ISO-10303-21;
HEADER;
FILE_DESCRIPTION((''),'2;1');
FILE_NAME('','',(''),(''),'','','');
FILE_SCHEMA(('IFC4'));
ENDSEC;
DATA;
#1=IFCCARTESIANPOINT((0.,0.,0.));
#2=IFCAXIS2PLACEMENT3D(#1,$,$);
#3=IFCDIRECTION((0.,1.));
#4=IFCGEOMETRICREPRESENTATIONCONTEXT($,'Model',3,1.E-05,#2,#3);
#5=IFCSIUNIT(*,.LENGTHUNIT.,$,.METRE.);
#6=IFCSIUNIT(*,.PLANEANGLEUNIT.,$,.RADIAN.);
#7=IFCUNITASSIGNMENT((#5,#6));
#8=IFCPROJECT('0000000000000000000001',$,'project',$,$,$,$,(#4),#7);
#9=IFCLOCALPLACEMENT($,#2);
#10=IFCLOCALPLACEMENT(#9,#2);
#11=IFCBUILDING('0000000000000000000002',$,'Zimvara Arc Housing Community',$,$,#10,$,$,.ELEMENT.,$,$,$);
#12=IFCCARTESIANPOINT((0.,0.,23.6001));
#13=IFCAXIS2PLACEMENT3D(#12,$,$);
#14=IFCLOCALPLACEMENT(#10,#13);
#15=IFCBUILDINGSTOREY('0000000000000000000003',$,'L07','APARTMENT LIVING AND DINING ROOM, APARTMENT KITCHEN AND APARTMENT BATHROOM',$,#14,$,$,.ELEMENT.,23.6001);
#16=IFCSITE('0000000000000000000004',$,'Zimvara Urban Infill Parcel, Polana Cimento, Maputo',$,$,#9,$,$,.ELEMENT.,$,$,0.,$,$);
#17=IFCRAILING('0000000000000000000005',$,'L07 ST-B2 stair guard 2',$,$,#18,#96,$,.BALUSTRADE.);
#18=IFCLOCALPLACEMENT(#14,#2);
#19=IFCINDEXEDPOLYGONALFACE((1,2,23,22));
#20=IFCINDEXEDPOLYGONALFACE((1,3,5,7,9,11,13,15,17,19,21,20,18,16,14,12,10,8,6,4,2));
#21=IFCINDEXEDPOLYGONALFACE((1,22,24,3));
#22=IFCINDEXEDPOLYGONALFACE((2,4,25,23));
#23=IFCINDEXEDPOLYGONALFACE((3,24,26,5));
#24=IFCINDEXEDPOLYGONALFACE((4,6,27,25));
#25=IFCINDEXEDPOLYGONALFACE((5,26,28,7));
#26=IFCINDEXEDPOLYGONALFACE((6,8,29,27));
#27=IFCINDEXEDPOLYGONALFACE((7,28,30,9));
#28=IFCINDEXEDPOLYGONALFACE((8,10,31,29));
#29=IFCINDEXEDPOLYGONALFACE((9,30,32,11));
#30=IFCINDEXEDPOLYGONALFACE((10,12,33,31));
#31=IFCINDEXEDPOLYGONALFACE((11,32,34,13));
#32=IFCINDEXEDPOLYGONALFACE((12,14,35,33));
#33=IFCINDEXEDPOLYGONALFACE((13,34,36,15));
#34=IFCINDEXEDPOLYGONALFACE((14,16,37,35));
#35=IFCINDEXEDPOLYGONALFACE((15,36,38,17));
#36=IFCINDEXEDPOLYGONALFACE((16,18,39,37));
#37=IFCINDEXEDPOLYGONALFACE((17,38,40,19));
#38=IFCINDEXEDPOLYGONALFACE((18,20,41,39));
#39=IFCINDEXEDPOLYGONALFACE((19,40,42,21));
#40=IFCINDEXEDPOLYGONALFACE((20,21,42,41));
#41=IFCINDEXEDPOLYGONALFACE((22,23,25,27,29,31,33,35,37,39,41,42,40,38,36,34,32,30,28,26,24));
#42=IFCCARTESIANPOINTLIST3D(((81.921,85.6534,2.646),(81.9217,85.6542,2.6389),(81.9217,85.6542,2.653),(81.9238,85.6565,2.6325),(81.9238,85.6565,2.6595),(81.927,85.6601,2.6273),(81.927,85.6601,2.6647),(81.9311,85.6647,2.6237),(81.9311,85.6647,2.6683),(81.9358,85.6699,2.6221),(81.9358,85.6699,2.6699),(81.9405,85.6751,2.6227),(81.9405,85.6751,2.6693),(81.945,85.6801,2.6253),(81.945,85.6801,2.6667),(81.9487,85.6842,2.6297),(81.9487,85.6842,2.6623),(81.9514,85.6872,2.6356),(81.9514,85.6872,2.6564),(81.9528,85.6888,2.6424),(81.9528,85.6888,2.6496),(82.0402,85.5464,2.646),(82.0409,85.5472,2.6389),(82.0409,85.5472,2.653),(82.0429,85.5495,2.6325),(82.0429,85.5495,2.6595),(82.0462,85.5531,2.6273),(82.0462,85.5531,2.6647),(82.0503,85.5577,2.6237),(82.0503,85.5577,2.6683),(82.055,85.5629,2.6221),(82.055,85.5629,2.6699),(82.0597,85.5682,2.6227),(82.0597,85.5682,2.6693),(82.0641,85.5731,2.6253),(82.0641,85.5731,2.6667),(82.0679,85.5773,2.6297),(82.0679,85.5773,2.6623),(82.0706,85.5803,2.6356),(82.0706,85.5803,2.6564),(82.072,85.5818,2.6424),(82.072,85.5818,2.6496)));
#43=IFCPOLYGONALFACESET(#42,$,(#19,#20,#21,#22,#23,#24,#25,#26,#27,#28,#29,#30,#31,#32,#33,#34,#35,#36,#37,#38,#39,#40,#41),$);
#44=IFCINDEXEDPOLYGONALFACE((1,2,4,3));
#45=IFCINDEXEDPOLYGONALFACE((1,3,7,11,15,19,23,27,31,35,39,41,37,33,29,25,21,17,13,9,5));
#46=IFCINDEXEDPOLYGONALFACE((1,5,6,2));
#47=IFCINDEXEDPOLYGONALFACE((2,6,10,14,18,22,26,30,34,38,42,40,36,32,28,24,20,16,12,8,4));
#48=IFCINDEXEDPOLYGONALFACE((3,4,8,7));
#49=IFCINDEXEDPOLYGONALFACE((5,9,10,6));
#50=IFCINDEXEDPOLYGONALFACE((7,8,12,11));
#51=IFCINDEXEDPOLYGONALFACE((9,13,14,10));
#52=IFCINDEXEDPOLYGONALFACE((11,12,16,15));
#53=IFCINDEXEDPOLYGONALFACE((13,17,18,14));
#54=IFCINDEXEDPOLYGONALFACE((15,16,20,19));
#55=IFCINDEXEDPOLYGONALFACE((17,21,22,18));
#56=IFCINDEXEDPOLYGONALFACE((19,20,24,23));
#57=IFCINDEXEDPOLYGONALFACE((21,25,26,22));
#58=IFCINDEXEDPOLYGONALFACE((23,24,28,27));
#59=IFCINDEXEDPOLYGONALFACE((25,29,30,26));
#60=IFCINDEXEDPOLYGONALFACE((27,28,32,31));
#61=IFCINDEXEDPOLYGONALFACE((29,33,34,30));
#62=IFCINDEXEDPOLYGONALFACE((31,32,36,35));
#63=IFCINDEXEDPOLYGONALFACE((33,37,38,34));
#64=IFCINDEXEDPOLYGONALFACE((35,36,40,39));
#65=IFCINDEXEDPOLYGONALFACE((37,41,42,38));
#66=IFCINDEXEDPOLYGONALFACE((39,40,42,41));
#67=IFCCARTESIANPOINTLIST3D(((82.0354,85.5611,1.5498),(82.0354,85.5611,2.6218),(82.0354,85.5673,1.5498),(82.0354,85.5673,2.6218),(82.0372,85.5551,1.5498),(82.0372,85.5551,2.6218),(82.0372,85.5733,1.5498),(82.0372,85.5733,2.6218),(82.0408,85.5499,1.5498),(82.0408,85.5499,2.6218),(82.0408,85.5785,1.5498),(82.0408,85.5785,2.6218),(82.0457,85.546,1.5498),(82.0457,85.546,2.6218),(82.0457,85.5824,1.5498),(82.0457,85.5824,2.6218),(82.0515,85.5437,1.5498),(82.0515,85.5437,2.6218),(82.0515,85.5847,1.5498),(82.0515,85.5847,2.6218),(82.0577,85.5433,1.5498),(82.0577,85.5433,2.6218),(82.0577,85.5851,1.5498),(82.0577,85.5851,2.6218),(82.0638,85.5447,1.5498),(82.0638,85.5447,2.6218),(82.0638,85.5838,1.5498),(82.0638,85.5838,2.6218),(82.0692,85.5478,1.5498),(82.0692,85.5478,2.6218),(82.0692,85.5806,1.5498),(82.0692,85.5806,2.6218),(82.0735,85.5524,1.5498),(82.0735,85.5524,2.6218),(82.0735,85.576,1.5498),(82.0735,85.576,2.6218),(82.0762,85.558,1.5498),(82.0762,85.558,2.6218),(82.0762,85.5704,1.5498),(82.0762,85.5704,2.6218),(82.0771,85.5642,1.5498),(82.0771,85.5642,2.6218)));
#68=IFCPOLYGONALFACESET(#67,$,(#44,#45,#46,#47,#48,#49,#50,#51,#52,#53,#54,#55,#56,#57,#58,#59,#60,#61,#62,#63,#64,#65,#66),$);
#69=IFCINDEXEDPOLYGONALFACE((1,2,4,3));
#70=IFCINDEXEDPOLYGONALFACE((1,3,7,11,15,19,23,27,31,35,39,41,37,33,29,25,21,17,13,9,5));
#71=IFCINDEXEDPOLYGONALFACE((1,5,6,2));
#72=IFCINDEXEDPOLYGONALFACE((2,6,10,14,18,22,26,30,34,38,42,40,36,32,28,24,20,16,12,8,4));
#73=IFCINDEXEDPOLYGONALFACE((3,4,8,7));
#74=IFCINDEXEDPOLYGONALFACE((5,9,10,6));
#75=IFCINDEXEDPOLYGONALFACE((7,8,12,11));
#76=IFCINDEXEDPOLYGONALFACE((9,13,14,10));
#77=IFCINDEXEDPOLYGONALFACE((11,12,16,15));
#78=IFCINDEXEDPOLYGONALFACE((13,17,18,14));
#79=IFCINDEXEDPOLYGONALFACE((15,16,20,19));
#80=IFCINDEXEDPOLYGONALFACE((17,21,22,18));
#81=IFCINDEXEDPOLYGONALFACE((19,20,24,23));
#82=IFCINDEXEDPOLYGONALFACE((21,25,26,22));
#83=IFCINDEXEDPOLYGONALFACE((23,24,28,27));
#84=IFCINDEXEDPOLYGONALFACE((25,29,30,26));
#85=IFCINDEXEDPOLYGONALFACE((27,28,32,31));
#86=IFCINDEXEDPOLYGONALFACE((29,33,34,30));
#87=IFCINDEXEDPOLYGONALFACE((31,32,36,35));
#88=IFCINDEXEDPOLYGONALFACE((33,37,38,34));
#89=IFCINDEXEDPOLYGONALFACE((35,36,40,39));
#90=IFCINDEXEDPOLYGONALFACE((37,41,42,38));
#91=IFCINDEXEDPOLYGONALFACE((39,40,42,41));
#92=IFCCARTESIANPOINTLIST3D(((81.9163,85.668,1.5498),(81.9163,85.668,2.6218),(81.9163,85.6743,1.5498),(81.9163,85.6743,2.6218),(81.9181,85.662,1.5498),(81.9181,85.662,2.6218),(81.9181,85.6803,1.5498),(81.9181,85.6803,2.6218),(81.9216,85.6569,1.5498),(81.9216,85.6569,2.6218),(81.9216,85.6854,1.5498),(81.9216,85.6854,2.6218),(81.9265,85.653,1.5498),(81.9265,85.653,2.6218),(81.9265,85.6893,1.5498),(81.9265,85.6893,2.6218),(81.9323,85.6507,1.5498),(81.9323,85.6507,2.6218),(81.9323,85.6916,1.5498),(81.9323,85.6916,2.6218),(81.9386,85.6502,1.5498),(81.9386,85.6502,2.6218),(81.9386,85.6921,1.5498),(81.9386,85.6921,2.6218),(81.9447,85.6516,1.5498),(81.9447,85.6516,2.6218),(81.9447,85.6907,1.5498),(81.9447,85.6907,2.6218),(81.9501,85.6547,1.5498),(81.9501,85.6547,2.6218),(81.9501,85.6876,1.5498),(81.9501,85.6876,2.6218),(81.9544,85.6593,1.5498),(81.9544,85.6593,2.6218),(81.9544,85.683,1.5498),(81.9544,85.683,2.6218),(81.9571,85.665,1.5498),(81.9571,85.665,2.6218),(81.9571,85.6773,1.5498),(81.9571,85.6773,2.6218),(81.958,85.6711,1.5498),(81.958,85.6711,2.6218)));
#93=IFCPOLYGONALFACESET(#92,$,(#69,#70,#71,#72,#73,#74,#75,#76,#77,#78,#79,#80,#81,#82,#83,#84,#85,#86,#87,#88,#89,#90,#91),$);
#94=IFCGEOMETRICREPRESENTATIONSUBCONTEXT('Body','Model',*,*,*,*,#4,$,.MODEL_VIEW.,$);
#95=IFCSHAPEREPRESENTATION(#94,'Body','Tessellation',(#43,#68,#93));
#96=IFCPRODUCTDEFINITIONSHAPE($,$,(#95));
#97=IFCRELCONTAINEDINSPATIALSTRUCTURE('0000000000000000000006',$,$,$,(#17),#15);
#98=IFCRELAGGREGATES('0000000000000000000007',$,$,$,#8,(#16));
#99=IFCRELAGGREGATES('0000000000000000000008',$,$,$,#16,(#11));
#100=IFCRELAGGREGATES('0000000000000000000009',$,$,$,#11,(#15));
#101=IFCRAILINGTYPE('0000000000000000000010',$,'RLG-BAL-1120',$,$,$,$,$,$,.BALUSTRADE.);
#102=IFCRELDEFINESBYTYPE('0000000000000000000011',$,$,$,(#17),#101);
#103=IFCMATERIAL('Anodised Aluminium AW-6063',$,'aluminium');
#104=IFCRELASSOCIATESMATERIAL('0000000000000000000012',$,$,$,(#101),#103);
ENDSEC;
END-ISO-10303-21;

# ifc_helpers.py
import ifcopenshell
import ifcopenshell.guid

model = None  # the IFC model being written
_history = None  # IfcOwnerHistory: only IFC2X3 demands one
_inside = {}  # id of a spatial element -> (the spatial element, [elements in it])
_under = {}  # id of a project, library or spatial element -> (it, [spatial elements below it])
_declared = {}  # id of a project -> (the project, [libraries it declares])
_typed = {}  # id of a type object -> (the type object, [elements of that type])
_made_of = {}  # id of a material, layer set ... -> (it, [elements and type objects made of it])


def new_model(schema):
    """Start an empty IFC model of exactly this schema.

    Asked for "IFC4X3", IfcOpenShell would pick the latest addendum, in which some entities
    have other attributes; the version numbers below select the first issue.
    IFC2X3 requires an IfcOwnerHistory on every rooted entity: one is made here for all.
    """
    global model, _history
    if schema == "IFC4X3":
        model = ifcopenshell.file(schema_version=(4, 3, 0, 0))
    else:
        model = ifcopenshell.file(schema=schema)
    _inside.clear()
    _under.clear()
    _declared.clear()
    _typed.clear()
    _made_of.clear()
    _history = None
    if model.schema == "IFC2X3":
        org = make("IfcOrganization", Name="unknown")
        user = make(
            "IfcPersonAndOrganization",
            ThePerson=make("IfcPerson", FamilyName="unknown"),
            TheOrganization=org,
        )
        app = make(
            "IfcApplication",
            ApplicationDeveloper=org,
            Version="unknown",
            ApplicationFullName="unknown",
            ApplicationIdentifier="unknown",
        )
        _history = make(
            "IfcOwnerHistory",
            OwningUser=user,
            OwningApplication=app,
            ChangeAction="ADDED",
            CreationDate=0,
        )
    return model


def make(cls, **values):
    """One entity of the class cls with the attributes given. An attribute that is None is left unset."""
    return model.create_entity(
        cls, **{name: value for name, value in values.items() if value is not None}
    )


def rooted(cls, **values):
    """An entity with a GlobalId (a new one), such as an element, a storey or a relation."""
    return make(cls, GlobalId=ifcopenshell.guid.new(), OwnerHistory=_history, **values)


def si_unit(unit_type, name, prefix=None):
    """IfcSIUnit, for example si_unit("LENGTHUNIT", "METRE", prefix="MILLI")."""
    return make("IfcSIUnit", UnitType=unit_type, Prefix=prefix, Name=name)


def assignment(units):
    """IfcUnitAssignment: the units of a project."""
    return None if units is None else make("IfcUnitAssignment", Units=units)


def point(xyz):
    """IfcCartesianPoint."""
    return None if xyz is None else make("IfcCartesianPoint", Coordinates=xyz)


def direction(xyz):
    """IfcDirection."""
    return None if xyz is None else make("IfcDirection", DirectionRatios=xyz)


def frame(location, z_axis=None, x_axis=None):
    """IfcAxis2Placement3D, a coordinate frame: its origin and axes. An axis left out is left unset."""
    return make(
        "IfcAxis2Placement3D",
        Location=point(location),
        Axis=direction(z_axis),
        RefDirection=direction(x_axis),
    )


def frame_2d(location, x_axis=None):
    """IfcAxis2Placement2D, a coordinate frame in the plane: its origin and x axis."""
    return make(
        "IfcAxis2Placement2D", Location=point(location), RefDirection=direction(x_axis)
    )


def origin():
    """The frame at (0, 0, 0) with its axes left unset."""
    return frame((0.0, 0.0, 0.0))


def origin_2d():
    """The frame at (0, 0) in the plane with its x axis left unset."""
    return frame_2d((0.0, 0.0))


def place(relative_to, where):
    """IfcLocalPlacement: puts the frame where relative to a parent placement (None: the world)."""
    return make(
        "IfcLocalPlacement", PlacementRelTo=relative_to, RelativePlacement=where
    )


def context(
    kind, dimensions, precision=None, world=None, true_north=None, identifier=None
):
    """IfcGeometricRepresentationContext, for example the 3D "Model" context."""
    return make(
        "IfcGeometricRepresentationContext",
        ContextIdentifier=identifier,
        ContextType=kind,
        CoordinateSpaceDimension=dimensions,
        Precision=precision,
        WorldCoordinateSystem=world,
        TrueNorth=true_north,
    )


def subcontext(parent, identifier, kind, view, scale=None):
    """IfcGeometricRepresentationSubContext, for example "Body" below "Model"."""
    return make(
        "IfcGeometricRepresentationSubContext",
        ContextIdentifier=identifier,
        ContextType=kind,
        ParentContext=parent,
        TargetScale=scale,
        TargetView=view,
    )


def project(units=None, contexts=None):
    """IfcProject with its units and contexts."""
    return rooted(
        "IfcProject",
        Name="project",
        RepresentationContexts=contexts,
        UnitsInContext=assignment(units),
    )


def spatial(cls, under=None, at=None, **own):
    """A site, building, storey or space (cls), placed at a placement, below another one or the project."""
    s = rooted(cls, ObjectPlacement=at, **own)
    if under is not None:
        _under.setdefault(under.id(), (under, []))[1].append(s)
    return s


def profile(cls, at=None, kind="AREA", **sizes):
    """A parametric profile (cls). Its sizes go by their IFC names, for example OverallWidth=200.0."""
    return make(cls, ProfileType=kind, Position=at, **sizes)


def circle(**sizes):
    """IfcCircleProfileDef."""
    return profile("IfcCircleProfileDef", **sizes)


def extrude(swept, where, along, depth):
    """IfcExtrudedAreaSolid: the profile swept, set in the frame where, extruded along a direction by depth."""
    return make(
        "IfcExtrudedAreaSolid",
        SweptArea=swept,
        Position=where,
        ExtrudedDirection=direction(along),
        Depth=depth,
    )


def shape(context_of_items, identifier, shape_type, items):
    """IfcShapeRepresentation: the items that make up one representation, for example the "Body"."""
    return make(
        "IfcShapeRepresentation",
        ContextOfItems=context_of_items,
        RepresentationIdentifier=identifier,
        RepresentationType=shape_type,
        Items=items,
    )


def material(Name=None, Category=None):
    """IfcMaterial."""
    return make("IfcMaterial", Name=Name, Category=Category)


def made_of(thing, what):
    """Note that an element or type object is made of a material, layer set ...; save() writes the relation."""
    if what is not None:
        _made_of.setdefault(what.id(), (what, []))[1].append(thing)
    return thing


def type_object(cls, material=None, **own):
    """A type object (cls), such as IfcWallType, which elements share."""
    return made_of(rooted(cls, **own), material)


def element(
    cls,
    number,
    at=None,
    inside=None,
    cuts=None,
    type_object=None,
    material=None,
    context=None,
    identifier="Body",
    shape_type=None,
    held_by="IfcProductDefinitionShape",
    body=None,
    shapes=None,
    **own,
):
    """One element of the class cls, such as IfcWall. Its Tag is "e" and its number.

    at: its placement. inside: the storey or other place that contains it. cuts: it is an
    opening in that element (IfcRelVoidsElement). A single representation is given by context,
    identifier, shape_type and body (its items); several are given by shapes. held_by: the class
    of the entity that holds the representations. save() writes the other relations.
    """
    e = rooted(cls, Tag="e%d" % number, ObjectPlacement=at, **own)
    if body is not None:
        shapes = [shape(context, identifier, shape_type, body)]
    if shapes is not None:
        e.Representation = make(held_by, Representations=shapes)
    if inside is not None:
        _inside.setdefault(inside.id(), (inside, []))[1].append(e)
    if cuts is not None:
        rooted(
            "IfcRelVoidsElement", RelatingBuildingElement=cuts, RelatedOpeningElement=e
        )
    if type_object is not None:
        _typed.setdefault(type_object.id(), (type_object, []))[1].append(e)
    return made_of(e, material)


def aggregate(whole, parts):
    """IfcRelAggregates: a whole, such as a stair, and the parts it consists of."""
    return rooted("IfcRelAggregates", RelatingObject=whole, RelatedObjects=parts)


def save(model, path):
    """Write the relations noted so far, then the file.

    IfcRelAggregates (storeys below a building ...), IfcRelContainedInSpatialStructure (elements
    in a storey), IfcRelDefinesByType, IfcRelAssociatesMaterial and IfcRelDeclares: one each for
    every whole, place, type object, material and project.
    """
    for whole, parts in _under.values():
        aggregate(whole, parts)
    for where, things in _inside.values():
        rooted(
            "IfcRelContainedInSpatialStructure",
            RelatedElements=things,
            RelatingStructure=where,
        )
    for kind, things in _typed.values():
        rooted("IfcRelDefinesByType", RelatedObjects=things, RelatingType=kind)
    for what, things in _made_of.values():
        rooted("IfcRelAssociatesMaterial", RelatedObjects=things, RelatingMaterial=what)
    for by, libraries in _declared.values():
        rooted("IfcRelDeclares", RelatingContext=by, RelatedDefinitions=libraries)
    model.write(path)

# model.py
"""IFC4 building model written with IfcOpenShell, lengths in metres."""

from ifc_helpers import new_model, si_unit, direction, frame, origin, origin_2d, place, context, subcontext, project, spatial, circle, extrude, material, type_object, element, save


model = new_model("IFC4")

# Units and contexts
model_context = context("Model", 3, precision=1e-05, world=origin(), true_north=direction((0.0, 1.0)))
body_context = subcontext(model_context, "Body", "Model", "MODEL_VIEW")
ifc_project = project(units=[si_unit("LENGTHUNIT", "METRE"), si_unit("PLANEANGLEUNIT", "RADIAN")], contexts=[model_context])

# Site, building, storey
site_placement = place(None, origin())
site = spatial("IfcSite", under=ifc_project, at=site_placement, Name="Zimvara Urban Infill Parcel, Polana Cimento, Maputo", CompositionType="ELEMENT", RefElevation=0.0)
building_placement = place(site_placement, origin())
building = spatial("IfcBuilding", under=site, at=building_placement, Name="Zimvara Arc Housing Community", CompositionType="ELEMENT")
storey_placement = place(building_placement, frame((0.0, 0.0, 23.6001)))
storey = spatial("IfcBuildingStorey", under=building, at=storey_placement, Name="L07", Description="APARTMENT LIVING AND DINING ROOM, APARTMENT KITCHEN AND APARTMENT BATHROOM", CompositionType="ELEMENT", Elevation=23.6001)

# Railing
ifc_material_1 = material(Name="Anodised Aluminium AW-6063", Category="aluminium")
railing_type_1 = type_object("IfcRailingType", Name="RLG-BAL-1120", PredefinedType="BALUSTRADE", material=ifc_material_1)
railing_1_placement = place(storey_placement, frame((82.0562, 85.5642, 1.5498)))
element("IfcRailing", 1, at=railing_1_placement, inside=storey, type_object=railing_type_1, Name="L07 ST-B2 stair guard 2", PredefinedType="BALUSTRADE", context=body_context, shape_type="SweptSolid", body=[
    extrude(circle(Radius=0.0239, at=origin_2d()), frame((0.0, 0.0, 1.0962), z_axis=(-0.744203, 0.667953, 0.0), x_axis=(-0.667953, -0.744203, 0.0)), (0.0, 0.0, 1.0), 0.1602),
    extrude(circle(Radius=0.021, at=origin_2d()), origin(), (0.0, 0.0, 1.0), 1.072),
    extrude(circle(Radius=0.021, at=origin_2d()), frame((-0.1191, 0.1069, 0.0)), (0.0, 0.0, 1.0), 1.072),
])

save(model, "model.ifc")
